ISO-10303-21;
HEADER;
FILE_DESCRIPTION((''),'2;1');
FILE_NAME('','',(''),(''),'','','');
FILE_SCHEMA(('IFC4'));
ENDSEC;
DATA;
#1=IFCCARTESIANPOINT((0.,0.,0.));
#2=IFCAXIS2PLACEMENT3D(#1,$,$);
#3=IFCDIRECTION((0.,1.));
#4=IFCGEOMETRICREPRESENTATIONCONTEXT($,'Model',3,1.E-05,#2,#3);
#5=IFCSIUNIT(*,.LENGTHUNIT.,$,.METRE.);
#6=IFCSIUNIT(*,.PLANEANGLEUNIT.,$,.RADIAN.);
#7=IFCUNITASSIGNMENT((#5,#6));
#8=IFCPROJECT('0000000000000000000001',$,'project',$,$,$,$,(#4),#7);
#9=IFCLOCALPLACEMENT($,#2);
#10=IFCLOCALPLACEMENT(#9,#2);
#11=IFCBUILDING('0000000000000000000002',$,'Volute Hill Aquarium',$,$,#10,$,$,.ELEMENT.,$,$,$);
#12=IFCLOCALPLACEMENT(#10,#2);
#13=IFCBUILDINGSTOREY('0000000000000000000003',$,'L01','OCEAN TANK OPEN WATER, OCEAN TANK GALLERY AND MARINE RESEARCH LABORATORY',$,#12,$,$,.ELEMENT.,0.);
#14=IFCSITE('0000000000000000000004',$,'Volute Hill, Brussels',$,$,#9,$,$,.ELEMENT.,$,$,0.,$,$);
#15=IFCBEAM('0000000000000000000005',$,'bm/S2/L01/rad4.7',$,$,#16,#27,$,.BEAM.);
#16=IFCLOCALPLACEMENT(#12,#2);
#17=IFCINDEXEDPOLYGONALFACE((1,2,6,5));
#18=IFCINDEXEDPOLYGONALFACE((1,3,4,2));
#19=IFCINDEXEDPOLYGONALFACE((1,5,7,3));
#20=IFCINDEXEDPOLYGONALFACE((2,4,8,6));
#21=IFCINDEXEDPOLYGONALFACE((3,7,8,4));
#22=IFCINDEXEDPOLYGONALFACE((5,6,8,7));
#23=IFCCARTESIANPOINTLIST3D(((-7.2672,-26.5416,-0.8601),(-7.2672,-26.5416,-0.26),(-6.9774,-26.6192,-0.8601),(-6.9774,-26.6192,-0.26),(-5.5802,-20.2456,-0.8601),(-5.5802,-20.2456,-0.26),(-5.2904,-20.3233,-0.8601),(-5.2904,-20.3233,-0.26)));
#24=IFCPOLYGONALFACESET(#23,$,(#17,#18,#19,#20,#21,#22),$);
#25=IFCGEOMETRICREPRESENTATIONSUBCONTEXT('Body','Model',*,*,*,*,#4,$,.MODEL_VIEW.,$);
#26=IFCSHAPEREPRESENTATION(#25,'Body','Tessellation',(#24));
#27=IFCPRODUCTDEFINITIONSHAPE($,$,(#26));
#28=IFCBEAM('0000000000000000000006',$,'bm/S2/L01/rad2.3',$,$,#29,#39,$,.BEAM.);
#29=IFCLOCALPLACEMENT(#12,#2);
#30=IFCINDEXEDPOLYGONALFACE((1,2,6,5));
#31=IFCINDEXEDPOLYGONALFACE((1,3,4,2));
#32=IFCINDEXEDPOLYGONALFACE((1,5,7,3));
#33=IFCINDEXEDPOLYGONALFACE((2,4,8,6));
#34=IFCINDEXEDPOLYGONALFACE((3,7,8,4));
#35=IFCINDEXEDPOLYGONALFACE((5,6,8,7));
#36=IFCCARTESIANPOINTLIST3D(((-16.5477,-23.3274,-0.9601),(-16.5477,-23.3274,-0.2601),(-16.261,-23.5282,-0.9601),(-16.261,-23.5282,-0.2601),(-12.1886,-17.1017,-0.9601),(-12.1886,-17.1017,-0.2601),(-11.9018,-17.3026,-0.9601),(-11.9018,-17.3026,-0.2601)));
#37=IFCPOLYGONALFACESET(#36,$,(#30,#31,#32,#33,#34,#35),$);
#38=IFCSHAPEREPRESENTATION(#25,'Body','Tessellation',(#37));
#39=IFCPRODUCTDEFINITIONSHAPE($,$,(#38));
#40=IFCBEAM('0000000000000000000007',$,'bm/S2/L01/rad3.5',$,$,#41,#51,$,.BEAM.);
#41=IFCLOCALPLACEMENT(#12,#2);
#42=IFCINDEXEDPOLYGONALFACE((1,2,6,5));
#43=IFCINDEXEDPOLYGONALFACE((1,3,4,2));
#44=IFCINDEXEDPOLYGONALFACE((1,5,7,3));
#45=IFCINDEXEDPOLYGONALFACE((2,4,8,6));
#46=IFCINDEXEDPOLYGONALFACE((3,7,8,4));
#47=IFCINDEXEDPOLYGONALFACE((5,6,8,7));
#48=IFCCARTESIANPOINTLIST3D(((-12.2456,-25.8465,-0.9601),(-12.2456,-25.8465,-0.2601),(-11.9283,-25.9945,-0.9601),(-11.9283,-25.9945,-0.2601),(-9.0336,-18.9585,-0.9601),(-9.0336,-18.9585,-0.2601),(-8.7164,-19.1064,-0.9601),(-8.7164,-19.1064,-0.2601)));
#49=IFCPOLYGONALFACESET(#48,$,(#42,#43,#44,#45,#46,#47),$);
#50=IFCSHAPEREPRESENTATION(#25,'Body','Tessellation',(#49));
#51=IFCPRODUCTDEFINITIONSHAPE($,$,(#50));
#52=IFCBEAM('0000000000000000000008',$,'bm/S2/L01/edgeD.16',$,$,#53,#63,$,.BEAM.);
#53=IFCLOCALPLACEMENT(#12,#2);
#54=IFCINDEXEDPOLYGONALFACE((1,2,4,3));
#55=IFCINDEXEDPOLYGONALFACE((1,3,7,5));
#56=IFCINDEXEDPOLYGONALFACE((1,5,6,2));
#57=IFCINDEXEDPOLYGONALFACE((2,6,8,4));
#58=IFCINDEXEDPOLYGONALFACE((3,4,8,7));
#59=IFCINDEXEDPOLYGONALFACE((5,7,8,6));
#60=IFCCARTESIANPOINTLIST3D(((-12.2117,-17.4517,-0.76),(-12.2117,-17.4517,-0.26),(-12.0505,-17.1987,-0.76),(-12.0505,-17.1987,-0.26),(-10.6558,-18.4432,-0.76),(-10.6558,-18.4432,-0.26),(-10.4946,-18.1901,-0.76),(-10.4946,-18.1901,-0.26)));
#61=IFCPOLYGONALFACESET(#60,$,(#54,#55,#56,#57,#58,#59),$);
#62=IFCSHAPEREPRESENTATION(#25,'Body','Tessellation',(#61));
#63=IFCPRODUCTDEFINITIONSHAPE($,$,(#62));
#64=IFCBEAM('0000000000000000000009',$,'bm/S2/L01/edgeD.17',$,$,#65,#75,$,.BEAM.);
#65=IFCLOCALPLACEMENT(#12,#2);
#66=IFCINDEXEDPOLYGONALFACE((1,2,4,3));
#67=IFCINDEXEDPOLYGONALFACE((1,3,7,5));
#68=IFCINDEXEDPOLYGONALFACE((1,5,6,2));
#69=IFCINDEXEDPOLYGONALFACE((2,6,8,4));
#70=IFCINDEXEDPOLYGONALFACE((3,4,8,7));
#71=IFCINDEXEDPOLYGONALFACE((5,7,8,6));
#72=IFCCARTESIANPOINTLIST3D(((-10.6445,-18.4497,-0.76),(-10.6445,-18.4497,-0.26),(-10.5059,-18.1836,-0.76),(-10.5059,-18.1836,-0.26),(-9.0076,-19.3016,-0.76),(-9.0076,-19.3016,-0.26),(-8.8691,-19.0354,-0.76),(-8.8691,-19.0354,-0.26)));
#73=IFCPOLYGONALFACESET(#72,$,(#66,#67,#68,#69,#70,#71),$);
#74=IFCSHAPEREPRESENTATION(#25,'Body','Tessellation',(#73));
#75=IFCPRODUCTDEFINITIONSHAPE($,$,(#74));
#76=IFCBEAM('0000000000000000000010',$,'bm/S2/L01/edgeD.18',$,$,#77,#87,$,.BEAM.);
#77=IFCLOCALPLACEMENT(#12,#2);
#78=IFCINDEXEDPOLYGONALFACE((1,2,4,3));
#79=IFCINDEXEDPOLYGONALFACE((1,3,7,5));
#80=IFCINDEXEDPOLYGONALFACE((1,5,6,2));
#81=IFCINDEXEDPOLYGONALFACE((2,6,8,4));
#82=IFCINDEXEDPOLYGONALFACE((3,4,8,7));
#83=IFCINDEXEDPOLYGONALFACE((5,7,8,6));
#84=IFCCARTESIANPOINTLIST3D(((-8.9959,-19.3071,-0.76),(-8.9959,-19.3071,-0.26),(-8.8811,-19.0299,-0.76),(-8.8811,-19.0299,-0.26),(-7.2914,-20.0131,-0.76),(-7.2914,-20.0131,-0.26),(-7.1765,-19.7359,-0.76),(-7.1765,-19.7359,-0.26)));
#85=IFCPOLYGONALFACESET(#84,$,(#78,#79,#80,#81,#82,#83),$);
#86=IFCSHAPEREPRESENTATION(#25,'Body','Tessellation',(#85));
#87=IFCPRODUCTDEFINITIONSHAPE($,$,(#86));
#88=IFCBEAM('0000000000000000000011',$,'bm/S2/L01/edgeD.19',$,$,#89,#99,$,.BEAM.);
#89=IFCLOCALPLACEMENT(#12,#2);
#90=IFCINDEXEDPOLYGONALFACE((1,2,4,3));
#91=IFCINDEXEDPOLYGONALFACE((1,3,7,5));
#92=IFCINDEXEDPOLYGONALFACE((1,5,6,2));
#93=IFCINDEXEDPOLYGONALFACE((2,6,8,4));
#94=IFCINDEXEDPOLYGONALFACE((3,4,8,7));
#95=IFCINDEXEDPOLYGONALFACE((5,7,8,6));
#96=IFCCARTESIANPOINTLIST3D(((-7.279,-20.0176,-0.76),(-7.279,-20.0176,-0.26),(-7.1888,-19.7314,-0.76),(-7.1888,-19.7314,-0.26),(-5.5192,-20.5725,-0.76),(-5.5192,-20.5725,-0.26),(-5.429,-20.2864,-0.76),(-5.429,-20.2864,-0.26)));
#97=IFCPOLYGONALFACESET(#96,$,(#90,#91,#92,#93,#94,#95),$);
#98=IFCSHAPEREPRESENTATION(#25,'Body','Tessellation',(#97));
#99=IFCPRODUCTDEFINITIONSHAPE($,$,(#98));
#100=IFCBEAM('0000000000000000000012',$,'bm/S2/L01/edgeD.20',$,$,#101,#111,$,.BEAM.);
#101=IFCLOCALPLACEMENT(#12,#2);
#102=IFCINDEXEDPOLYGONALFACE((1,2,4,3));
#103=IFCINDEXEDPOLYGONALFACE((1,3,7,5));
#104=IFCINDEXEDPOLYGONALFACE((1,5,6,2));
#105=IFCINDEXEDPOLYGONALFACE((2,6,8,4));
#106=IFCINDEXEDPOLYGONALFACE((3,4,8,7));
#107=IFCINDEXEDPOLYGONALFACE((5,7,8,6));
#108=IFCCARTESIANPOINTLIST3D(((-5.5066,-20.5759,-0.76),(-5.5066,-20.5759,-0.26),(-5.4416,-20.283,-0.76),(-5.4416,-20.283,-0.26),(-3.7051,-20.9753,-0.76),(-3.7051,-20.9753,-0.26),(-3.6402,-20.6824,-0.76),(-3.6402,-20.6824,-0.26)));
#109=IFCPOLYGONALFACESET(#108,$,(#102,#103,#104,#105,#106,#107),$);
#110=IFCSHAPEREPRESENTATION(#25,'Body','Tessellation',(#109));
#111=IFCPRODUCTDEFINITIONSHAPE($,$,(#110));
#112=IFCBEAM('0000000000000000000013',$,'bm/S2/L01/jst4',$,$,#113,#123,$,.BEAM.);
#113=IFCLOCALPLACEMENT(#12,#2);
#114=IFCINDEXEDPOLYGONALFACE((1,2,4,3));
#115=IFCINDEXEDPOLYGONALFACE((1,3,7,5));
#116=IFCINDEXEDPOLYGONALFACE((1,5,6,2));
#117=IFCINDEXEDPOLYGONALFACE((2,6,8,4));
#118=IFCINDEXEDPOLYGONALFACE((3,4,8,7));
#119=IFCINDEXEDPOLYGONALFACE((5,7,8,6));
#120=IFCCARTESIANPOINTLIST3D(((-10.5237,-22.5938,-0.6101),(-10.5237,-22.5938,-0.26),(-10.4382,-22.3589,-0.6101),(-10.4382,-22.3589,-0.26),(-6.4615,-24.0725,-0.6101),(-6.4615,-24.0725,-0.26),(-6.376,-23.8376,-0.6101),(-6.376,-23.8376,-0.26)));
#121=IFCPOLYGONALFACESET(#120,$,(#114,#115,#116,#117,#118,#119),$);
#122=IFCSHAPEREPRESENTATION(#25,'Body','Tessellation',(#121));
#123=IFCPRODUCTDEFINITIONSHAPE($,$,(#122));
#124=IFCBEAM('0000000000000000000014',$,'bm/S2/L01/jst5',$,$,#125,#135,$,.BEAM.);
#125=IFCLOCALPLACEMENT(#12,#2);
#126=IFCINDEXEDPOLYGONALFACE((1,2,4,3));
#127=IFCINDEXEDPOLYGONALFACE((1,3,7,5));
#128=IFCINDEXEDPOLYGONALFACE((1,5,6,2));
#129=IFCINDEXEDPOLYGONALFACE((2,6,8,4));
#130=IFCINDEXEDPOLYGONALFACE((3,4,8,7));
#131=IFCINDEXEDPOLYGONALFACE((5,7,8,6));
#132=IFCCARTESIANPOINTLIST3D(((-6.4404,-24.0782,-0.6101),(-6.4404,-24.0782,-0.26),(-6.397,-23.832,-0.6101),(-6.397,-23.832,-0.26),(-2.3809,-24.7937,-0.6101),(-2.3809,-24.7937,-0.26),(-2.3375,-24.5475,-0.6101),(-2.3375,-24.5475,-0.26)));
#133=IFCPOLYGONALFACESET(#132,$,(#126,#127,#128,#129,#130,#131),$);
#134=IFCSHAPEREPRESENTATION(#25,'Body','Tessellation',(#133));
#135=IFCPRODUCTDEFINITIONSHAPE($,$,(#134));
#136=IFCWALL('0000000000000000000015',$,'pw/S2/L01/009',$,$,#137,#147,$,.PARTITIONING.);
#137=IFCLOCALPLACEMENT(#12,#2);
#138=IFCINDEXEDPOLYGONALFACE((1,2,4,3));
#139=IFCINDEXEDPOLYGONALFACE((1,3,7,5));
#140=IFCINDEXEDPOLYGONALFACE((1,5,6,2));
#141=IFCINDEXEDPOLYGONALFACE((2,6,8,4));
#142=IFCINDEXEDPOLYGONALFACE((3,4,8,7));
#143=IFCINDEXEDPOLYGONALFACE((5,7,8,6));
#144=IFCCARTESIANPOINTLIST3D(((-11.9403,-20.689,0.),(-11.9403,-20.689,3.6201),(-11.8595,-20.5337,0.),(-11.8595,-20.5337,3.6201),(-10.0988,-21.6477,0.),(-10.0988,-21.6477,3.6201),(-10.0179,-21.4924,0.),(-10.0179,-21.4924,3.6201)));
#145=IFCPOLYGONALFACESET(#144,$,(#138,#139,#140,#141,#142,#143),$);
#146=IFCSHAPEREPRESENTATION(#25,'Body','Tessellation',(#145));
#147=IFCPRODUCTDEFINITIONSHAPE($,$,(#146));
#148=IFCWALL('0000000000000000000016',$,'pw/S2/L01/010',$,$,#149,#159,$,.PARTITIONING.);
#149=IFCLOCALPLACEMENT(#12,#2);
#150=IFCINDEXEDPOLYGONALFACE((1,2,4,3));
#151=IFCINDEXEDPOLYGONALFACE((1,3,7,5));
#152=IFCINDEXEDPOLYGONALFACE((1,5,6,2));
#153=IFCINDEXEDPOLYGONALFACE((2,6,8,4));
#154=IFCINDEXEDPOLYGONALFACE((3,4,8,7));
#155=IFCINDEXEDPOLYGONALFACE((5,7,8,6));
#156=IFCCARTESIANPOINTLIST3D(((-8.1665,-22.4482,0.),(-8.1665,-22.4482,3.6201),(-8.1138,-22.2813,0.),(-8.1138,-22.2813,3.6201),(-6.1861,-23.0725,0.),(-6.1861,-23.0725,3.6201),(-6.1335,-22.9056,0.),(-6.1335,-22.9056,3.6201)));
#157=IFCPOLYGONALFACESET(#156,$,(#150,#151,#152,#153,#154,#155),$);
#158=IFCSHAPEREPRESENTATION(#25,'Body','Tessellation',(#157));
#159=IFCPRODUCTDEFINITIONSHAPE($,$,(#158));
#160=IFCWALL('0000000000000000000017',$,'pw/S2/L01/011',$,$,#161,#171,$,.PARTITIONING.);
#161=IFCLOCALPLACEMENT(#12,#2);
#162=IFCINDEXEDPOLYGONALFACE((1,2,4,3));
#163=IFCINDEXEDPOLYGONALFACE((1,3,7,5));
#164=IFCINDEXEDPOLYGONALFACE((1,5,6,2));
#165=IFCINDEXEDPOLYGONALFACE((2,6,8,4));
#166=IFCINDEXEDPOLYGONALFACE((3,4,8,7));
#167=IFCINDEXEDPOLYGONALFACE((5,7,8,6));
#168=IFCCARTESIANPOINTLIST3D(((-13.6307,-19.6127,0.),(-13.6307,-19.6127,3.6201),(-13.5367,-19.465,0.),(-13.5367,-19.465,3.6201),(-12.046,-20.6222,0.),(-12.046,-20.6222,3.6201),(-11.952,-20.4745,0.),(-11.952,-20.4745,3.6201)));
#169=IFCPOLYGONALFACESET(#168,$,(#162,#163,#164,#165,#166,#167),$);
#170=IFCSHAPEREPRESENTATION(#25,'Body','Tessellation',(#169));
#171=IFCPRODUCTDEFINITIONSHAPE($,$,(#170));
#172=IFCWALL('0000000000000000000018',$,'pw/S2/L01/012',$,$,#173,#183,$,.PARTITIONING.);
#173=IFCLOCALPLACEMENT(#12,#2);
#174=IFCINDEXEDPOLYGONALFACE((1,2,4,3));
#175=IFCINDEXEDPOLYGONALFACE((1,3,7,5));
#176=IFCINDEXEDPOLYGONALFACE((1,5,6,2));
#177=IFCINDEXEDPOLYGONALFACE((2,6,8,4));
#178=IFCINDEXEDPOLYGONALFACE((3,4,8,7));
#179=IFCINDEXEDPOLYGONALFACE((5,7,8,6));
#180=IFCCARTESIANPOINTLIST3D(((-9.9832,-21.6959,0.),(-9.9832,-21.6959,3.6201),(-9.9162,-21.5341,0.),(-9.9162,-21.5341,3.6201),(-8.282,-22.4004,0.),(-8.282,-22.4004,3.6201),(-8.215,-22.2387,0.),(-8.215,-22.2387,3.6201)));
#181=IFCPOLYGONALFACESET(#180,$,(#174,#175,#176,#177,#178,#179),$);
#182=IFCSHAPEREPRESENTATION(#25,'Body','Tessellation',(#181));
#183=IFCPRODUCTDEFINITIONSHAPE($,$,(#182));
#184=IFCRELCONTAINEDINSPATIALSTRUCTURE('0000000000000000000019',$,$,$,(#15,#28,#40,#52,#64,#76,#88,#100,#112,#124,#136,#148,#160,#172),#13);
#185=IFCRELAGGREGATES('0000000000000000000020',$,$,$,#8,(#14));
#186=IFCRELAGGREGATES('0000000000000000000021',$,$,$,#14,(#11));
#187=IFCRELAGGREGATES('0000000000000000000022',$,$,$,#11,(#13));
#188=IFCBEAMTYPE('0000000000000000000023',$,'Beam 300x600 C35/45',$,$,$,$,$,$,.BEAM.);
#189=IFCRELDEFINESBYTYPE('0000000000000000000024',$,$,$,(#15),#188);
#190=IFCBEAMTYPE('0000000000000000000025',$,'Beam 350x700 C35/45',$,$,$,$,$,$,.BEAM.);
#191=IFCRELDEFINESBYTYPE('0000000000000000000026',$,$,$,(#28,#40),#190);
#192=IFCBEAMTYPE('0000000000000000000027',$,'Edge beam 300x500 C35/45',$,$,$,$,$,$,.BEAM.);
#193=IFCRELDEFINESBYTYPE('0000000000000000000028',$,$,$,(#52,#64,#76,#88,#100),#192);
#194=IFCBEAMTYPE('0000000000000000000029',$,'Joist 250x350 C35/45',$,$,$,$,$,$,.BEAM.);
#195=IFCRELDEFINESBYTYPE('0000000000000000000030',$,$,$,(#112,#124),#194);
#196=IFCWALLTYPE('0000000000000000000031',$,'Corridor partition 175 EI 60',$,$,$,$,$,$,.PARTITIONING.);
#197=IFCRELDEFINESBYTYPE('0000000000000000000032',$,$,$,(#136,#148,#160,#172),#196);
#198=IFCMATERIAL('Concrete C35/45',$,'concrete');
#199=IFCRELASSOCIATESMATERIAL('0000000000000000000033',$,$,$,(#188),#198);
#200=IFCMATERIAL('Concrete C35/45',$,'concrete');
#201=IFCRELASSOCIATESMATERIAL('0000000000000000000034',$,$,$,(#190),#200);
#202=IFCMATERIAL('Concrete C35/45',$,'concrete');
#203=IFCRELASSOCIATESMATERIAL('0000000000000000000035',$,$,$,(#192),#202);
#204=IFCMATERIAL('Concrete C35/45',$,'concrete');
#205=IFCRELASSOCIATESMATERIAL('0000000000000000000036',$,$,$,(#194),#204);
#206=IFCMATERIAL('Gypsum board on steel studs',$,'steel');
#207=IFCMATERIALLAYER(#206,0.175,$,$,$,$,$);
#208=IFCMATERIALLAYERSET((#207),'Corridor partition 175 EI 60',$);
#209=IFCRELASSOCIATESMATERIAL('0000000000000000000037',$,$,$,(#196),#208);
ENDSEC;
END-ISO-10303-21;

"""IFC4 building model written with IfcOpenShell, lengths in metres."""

from ifc_helpers import new_model, si_unit, direction, frame, frame_2d, origin, origin_2d, place, context, subcontext, project, spatial, rectangle, extrude, material, layer, layer_set, material_profile, profile_set, type_object, element, save


model = new_model("IFC4")

# Units and contexts
model_context = context("Model", 3, precision=1e-05, world=origin(), true_north=direction((0.0, 1.0)))
body_context = subcontext(model_context, "Body", "Model", "MODEL_VIEW")
ifc_project = project(units=[si_unit("LENGTHUNIT", "METRE"), si_unit("PLANEANGLEUNIT", "RADIAN")], contexts=[model_context])

# Site, building, storey
site_placement = place(None, origin())
site = spatial("IfcSite", under=ifc_project, at=site_placement, Name="Volute Hill, Brussels", CompositionType="ELEMENT", RefElevation=0.0)
building_placement = place(site_placement, origin())
building = spatial("IfcBuilding", under=site, at=building_placement, Name="Volute Hill Aquarium", CompositionType="ELEMENT")
storey_placement = place(building_placement, origin())
storey = spatial("IfcBuildingStorey", under=building, at=storey_placement, Name="L01", Description="OCEAN TANK OPEN WATER, OCEAN TANK GALLERY AND MARINE RESEARCH LABORATORY", CompositionType="ELEMENT", Elevation=0.0)

# Beams
ifc_material_1 = material(Name="Concrete C35/45", Category="concrete")
ifc_material_profile_1 = material_profile(ifc_material_1, rectangle(XDim=0.3, YDim=0.6001, at=origin_2d()), Name="RC beam 300x600")
ifc_profile_set_1 = profile_set([ifc_material_profile_1], Name="Concrete C35/45")
beam_type_1 = type_object("IfcBeamType", Name="Beam 300x600 C35/45", PredefinedType="BEAM", material=ifc_profile_set_1)
beam_1_placement = place(storey_placement, frame((-5.4353, -20.2844, -0.5601), z_axis=(-0.258823, -0.965925, 0.0), x_axis=(0.965925, -0.258823, 0.0)))
element("IfcBeam", 1, at=beam_1_placement, inside=storey, type_object=beam_type_1, Name="bm/S2/L01/rad4.7", PredefinedType="BEAM", context=body_context, shape_type="SweptSolid", body=[
    extrude(rectangle(XDim=0.3, YDim=0.6001, at=origin_2d()), origin(), (0.0, 0.0, 1.0), 6.5181),
])
ifc_material_2 = material(Name="Concrete C35/45", Category="concrete")
ifc_material_profile_2 = material_profile(ifc_material_2, rectangle(XDim=0.3501, YDim=0.7, at=origin_2d()), Name="RC beam 350x700")
ifc_profile_set_2 = profile_set([ifc_material_profile_2], Name="Concrete C35/45")
beam_type_2 = type_object("IfcBeamType", Name="Beam 350x700 C35/45", PredefinedType="BEAM", material=ifc_profile_set_2)
for number, where, z_axis, x_axis, name in (
    (2, (-12.0452, -17.2021, -0.6101), (-0.57357, -0.819156, 0.0), (0.819156, -0.57357, 0.0), "bm/S2/L01/rad2.3"),
    (3, (-8.875, -19.0325, -0.6101), (-0.42262, -0.906307, 0.0), (0.906307, -0.42262, 0.0), "bm/S2/L01/rad3.5"),
):
    element("IfcBeam", number, at=place(storey_placement, frame(where, z_axis=z_axis, x_axis=x_axis)), inside=storey, type_object=beam_type_2, Name=name, PredefinedType="BEAM", context=body_context, shape_type="SweptSolid", body=[
        extrude(rectangle(XDim=0.3501, YDim=0.7, at=origin_2d()), origin(), (0.0, 0.0, 1.0), 7.6001),
    ])
ifc_material_3 = material(Name="Concrete C35/45", Category="concrete")
ifc_material_profile_3 = material_profile(ifc_material_3, rectangle(XDim=0.3, YDim=0.5, at=origin_2d()), Name="RC edge beam 300x500")
ifc_profile_set_3 = profile_set([ifc_material_profile_3], Name="Concrete C35/45")
beam_type_3 = type_object("IfcBeamType", Name="Edge beam 300x500 C35/45", PredefinedType="BEAM", material=ifc_profile_set_3)
beam_2_placement = place(storey_placement, frame((-12.1311, -17.3252, -0.51), z_axis=(0.843334, -0.537389, 0.0), x_axis=(0.537389, 0.843334, 0.0)))
element("IfcBeam", 4, at=beam_2_placement, inside=storey, type_object=beam_type_3, Name="bm/S2/L01/edgeD.16", PredefinedType="BEAM", context=body_context, shape_type="SweptSolid", body=[
    extrude(rectangle(XDim=0.3, YDim=0.5, at=origin_2d()), origin(), (0.0, 0.0, 1.0), 1.845),
])
beam_3_placement = place(storey_placement, frame((-10.5752, -18.3167, -0.51), z_axis=(0.887059, -0.461657, 0.0), x_axis=(0.461657, 0.887059, 0.0)))
element("IfcBeam", 5, at=beam_3_placement, inside=storey, type_object=beam_type_3, Name="bm/S2/L01/edgeD.17", PredefinedType="BEAM", context=body_context, shape_type="SweptSolid", body=[
    extrude(rectangle(XDim=0.3, YDim=0.5, at=origin_2d()), origin(), (0.0, 0.0, 1.0), 1.8452),
])
beam_4_placement = place(storey_placement, frame((-8.9385, -19.1685, -0.51), z_axis=(0.923881, -0.382679, 0.0), x_axis=(0.382679, 0.923881, 0.0)))
element("IfcBeam", 6, at=beam_4_placement, inside=storey, type_object=beam_type_3, Name="bm/S2/L01/edgeD.18", PredefinedType="BEAM", context=body_context, shape_type="SweptSolid", body=[
    extrude(rectangle(XDim=0.3, YDim=0.5, at=origin_2d()), origin(), (0.0, 0.0, 1.0), 1.845),
])
for number, where, z_axis, x_axis, name in (
    (7, (-7.2339, -19.8745, -0.51), (0.953705, -0.300745, 0.0), (0.300745, 0.953705, 0.0), "bm/S2/L01/edgeD.19"),
    (8, (-5.4741, -20.4294, -0.51), (0.976293, -0.216454, 0.0), (0.216454, 0.976293, 0.0), "bm/S2/L01/edgeD.20"),
):
    element("IfcBeam", number, at=place(storey_placement, frame(where, z_axis=z_axis, x_axis=x_axis)), inside=storey, type_object=beam_type_3, Name=name, PredefinedType="BEAM", context=body_context, shape_type="SweptSolid", body=[
        extrude(rectangle(XDim=0.3, YDim=0.5, at=origin_2d()), origin(), (0.0, 0.0, 1.0), 1.8452),
    ])
ifc_material_4 = material(Name="Concrete C35/45", Category="concrete")
ifc_material_profile_4 = material_profile(ifc_material_4, rectangle(XDim=0.25, YDim=0.3501, at=origin_2d()), Name="RC joist 250x350")
ifc_profile_set_4 = profile_set([ifc_material_profile_4], Name="Concrete C35/45")
beam_type_4 = type_object("IfcBeamType", Name="Joist 250x350 C35/45", PredefinedType="BEAM", material=ifc_profile_set_4)
beam_5_placement = place(storey_placement, frame((-10.481, -22.4763, -0.4351), z_axis=(0.939676, -0.342065, 0.0), x_axis=(0.342065, 0.939676, 0.0)))
element("IfcBeam", 9, at=beam_5_placement, inside=storey, type_object=beam_type_4, Name="bm/S2/L01/jst4", PredefinedType="BEAM", context=body_context, shape_type="SweptSolid", body=[
    extrude(rectangle(XDim=0.25, YDim=0.3501, at=origin_2d()), origin(), (0.0, 0.0, 1.0), 4.323),
])
beam_6_placement = place(storey_placement, frame((-6.4187, -23.9551, -0.4351), z_axis=(0.984818, -0.173593, 0.0), x_axis=(0.173593, 0.984818, 0.0)))
element("IfcBeam", 10, at=beam_6_placement, inside=storey, type_object=beam_type_4, Name="bm/S2/L01/jst5", PredefinedType="BEAM", context=body_context, shape_type="SweptSolid", body=[
    extrude(rectangle(XDim=0.25, YDim=0.3501, at=origin_2d()), origin(), (0.0, 0.0, 1.0), 4.1221),
])

# Walls
ifc_material_5 = material(Name="Gypsum board on steel studs", Category="steel")
ifc_layer_1 = layer(ifc_material_5, 0.175)
ifc_layer_set_1 = layer_set([ifc_layer_1], Name="Corridor partition 175 EI 60")
wall_type_1 = type_object("IfcWallType", Name="Corridor partition 175 EI 60", PredefinedType="PARTITIONING", material=ifc_layer_set_1)
wall_1_placement = place(storey_placement, frame((-10.0583, -21.5701, 0.0), z_axis=(0.0, 0.0, 1.0), x_axis=(-0.886993, 0.461782, 0.0)))
element("IfcWall", 11, at=wall_1_placement, inside=storey, type_object=wall_type_1, Name="pw/S2/L01/009", PredefinedType="PARTITIONING", context=body_context, shape_type="SweptSolid", body=[
    extrude(rectangle(XDim=2.0762, YDim=0.175, at=frame_2d((1.0381, 0.0))), origin(), (0.0, 0.0, 1.0), 3.6201),
])
wall_2_placement = place(storey_placement, frame((-6.1599, -22.989, 0.0), z_axis=(0.0, 0.0, 1.0), x_axis=(-0.95373, 0.300664, 0.0)))
element("IfcWall", 12, at=wall_2_placement, inside=storey, type_object=wall_type_1, Name="pw/S2/L01/010", PredefinedType="PARTITIONING", context=body_context, shape_type="SweptSolid", body=[
    extrude(rectangle(XDim=2.0764, YDim=0.175, at=frame_2d((1.0381, 0.0))), origin(), (0.0, 0.0, 1.0), 3.6201),
])
wall_3_placement = place(storey_placement, frame((-11.999, -20.5483, 0.0), z_axis=(0.0, 0.0, 1.0), x_axis=(-0.843405, 0.537279, 0.0)))
element("IfcWall", 13, at=wall_3_placement, inside=storey, type_object=wall_type_1, Name="pw/S2/L01/011", PredefinedType="PARTITIONING", context=body_context, shape_type="SweptSolid", body=[
    extrude(rectangle(XDim=1.8789, YDim=0.175, at=frame_2d((0.9395, 0.0))), origin(), (0.0, 0.0, 1.0), 3.6201),
])
wall_4_placement = place(storey_placement, frame((-8.2485, -22.3196, 0.0), z_axis=(0.0, 0.0, 1.0), x_axis=(-0.923891, 0.382656, 0.0)))
element("IfcWall", 14, at=wall_4_placement, inside=storey, type_object=wall_type_1, Name="pw/S2/L01/012", PredefinedType="PARTITIONING", context=body_context, shape_type="SweptSolid", body=[
    extrude(rectangle(XDim=1.8413, YDim=0.175, at=frame_2d((0.9207, 0.0))), origin(), (0.0, 0.0, 1.0), 3.6201),
])

save(model, "model.ifc")
